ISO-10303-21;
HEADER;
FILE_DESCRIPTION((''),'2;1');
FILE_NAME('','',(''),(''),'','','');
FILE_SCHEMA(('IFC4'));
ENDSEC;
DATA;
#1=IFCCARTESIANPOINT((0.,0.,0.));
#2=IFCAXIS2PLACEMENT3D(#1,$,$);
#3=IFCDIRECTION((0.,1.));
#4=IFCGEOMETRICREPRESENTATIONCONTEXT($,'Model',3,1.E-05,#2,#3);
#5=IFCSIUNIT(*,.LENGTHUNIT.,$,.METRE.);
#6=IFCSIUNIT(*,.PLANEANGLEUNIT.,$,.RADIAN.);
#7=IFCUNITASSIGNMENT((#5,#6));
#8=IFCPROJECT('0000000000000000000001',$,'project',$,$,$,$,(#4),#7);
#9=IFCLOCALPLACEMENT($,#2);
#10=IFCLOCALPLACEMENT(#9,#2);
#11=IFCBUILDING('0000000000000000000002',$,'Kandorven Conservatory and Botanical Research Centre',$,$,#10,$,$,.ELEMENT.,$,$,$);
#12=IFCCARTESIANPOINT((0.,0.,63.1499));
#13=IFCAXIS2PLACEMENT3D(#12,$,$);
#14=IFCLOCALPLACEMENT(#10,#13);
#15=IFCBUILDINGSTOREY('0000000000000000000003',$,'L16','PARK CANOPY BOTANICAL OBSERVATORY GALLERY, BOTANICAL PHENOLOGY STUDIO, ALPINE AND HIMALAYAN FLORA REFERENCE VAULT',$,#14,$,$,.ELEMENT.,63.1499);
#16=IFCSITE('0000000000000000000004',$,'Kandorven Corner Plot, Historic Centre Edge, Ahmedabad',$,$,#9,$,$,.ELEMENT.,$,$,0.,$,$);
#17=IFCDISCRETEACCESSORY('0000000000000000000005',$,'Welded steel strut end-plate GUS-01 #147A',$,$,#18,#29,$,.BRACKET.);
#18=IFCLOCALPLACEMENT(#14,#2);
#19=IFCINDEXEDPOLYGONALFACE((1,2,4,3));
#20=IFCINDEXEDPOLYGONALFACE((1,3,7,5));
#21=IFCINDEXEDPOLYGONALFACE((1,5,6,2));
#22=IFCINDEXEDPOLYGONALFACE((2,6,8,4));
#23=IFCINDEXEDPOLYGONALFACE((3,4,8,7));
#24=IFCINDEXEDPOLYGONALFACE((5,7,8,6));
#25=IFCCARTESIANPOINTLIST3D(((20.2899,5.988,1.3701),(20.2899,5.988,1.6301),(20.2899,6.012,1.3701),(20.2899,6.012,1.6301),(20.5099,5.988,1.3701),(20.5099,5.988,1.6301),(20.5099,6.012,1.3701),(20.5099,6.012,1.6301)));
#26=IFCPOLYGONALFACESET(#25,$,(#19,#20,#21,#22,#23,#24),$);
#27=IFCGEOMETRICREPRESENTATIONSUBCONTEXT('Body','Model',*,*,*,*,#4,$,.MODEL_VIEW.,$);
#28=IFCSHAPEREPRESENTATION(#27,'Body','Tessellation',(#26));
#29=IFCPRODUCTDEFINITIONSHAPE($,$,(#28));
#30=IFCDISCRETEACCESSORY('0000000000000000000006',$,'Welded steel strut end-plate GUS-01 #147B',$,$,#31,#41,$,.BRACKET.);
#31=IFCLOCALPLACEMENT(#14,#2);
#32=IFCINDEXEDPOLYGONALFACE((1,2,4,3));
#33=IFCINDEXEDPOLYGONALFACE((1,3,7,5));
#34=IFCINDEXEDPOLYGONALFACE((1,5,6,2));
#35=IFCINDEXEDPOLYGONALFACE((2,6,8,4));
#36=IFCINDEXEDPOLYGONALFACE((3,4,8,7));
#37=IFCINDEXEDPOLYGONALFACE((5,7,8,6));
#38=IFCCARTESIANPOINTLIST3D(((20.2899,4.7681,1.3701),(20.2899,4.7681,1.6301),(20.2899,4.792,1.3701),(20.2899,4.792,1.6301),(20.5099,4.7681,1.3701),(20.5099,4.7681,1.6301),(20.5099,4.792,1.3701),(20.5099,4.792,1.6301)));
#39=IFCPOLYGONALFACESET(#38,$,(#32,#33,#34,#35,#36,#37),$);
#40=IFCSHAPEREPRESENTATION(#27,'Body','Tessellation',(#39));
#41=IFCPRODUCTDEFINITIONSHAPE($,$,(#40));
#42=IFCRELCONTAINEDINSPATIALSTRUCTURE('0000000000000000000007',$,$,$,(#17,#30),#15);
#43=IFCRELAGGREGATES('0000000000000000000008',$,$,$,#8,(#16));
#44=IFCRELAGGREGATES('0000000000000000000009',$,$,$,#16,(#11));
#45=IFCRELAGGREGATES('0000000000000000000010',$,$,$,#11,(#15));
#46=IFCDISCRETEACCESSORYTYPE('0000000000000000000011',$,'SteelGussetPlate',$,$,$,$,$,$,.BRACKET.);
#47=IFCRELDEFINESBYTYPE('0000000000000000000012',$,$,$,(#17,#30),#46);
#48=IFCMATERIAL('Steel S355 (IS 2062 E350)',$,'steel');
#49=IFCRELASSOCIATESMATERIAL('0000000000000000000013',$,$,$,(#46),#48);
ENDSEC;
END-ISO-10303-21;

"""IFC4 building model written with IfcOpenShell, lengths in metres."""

from ifc_helpers import new_model, si_unit, direction, frame, origin, origin_2d, place, context, subcontext, project, spatial, rectangle, extrude, material, type_object, element, save


model = new_model("IFC4")

# Units and contexts
model_context = context("Model", 3, precision=1e-05, world=origin(), true_north=direction((0.0, 1.0)))
body_context = subcontext(model_context, "Body", "Model", "MODEL_VIEW")
ifc_project = project(units=[si_unit("LENGTHUNIT", "METRE"), si_unit("PLANEANGLEUNIT", "RADIAN")], contexts=[model_context])

# Site, building, storey
site_placement = place(None, origin())
site = spatial("IfcSite", under=ifc_project, at=site_placement, Name="Kandorven Corner Plot, Historic Centre Edge, Ahmedabad", CompositionType="ELEMENT", RefElevation=0.0)
building_placement = place(site_placement, origin())
building = spatial("IfcBuilding", under=site, at=building_placement, Name="Kandorven Conservatory and Botanical Research Centre", CompositionType="ELEMENT")
storey_placement = place(building_placement, frame((0.0, 0.0, 63.1499)))
storey = spatial("IfcBuildingStorey", under=building, at=storey_placement, Name="L16", Description="PARK CANOPY BOTANICAL OBSERVATORY GALLERY, BOTANICAL PHENOLOGY STUDIO, ALPINE AND HIMALAYAN FLORA REFERENCE VAULT", CompositionType="ELEMENT", Elevation=63.1499)

# Discrete accessories
ifc_material_1 = material(Name="Steel S355 (IS 2062 E350)", Category="steel")
discrete_accessory_type = type_object("IfcDiscreteAccessoryType", Name="SteelGussetPlate", PredefinedType="BRACKET", material=ifc_material_1)
for number, where, z_axis, x_axis, name in (
    (1, (20.3999, 6.0, 1.3701), (0.0, 0.0, 1.0), (1.0, 0.0, 0.0), "Welded steel strut end-plate GUS-01 #147A"),
    (2, (20.3999, 4.78, 1.3701), (0.0, 0.0, 1.0), (1.0, 0.0, 0.0), "Welded steel strut end-plate GUS-01 #147B"),
):
    element("IfcDiscreteAccessory", number, at=place(storey_placement, frame(where, z_axis=z_axis, x_axis=x_axis)), inside=storey, type_object=discrete_accessory_type, Name=name, PredefinedType="BRACKET", context=body_context, shape_type="SweptSolid", body=[
        extrude(rectangle(XDim=0.22, YDim=0.0239, at=origin_2d()), origin(), (0.0, 0.0, 1.0), 0.26),
    ])

save(model, "model.ifc")
